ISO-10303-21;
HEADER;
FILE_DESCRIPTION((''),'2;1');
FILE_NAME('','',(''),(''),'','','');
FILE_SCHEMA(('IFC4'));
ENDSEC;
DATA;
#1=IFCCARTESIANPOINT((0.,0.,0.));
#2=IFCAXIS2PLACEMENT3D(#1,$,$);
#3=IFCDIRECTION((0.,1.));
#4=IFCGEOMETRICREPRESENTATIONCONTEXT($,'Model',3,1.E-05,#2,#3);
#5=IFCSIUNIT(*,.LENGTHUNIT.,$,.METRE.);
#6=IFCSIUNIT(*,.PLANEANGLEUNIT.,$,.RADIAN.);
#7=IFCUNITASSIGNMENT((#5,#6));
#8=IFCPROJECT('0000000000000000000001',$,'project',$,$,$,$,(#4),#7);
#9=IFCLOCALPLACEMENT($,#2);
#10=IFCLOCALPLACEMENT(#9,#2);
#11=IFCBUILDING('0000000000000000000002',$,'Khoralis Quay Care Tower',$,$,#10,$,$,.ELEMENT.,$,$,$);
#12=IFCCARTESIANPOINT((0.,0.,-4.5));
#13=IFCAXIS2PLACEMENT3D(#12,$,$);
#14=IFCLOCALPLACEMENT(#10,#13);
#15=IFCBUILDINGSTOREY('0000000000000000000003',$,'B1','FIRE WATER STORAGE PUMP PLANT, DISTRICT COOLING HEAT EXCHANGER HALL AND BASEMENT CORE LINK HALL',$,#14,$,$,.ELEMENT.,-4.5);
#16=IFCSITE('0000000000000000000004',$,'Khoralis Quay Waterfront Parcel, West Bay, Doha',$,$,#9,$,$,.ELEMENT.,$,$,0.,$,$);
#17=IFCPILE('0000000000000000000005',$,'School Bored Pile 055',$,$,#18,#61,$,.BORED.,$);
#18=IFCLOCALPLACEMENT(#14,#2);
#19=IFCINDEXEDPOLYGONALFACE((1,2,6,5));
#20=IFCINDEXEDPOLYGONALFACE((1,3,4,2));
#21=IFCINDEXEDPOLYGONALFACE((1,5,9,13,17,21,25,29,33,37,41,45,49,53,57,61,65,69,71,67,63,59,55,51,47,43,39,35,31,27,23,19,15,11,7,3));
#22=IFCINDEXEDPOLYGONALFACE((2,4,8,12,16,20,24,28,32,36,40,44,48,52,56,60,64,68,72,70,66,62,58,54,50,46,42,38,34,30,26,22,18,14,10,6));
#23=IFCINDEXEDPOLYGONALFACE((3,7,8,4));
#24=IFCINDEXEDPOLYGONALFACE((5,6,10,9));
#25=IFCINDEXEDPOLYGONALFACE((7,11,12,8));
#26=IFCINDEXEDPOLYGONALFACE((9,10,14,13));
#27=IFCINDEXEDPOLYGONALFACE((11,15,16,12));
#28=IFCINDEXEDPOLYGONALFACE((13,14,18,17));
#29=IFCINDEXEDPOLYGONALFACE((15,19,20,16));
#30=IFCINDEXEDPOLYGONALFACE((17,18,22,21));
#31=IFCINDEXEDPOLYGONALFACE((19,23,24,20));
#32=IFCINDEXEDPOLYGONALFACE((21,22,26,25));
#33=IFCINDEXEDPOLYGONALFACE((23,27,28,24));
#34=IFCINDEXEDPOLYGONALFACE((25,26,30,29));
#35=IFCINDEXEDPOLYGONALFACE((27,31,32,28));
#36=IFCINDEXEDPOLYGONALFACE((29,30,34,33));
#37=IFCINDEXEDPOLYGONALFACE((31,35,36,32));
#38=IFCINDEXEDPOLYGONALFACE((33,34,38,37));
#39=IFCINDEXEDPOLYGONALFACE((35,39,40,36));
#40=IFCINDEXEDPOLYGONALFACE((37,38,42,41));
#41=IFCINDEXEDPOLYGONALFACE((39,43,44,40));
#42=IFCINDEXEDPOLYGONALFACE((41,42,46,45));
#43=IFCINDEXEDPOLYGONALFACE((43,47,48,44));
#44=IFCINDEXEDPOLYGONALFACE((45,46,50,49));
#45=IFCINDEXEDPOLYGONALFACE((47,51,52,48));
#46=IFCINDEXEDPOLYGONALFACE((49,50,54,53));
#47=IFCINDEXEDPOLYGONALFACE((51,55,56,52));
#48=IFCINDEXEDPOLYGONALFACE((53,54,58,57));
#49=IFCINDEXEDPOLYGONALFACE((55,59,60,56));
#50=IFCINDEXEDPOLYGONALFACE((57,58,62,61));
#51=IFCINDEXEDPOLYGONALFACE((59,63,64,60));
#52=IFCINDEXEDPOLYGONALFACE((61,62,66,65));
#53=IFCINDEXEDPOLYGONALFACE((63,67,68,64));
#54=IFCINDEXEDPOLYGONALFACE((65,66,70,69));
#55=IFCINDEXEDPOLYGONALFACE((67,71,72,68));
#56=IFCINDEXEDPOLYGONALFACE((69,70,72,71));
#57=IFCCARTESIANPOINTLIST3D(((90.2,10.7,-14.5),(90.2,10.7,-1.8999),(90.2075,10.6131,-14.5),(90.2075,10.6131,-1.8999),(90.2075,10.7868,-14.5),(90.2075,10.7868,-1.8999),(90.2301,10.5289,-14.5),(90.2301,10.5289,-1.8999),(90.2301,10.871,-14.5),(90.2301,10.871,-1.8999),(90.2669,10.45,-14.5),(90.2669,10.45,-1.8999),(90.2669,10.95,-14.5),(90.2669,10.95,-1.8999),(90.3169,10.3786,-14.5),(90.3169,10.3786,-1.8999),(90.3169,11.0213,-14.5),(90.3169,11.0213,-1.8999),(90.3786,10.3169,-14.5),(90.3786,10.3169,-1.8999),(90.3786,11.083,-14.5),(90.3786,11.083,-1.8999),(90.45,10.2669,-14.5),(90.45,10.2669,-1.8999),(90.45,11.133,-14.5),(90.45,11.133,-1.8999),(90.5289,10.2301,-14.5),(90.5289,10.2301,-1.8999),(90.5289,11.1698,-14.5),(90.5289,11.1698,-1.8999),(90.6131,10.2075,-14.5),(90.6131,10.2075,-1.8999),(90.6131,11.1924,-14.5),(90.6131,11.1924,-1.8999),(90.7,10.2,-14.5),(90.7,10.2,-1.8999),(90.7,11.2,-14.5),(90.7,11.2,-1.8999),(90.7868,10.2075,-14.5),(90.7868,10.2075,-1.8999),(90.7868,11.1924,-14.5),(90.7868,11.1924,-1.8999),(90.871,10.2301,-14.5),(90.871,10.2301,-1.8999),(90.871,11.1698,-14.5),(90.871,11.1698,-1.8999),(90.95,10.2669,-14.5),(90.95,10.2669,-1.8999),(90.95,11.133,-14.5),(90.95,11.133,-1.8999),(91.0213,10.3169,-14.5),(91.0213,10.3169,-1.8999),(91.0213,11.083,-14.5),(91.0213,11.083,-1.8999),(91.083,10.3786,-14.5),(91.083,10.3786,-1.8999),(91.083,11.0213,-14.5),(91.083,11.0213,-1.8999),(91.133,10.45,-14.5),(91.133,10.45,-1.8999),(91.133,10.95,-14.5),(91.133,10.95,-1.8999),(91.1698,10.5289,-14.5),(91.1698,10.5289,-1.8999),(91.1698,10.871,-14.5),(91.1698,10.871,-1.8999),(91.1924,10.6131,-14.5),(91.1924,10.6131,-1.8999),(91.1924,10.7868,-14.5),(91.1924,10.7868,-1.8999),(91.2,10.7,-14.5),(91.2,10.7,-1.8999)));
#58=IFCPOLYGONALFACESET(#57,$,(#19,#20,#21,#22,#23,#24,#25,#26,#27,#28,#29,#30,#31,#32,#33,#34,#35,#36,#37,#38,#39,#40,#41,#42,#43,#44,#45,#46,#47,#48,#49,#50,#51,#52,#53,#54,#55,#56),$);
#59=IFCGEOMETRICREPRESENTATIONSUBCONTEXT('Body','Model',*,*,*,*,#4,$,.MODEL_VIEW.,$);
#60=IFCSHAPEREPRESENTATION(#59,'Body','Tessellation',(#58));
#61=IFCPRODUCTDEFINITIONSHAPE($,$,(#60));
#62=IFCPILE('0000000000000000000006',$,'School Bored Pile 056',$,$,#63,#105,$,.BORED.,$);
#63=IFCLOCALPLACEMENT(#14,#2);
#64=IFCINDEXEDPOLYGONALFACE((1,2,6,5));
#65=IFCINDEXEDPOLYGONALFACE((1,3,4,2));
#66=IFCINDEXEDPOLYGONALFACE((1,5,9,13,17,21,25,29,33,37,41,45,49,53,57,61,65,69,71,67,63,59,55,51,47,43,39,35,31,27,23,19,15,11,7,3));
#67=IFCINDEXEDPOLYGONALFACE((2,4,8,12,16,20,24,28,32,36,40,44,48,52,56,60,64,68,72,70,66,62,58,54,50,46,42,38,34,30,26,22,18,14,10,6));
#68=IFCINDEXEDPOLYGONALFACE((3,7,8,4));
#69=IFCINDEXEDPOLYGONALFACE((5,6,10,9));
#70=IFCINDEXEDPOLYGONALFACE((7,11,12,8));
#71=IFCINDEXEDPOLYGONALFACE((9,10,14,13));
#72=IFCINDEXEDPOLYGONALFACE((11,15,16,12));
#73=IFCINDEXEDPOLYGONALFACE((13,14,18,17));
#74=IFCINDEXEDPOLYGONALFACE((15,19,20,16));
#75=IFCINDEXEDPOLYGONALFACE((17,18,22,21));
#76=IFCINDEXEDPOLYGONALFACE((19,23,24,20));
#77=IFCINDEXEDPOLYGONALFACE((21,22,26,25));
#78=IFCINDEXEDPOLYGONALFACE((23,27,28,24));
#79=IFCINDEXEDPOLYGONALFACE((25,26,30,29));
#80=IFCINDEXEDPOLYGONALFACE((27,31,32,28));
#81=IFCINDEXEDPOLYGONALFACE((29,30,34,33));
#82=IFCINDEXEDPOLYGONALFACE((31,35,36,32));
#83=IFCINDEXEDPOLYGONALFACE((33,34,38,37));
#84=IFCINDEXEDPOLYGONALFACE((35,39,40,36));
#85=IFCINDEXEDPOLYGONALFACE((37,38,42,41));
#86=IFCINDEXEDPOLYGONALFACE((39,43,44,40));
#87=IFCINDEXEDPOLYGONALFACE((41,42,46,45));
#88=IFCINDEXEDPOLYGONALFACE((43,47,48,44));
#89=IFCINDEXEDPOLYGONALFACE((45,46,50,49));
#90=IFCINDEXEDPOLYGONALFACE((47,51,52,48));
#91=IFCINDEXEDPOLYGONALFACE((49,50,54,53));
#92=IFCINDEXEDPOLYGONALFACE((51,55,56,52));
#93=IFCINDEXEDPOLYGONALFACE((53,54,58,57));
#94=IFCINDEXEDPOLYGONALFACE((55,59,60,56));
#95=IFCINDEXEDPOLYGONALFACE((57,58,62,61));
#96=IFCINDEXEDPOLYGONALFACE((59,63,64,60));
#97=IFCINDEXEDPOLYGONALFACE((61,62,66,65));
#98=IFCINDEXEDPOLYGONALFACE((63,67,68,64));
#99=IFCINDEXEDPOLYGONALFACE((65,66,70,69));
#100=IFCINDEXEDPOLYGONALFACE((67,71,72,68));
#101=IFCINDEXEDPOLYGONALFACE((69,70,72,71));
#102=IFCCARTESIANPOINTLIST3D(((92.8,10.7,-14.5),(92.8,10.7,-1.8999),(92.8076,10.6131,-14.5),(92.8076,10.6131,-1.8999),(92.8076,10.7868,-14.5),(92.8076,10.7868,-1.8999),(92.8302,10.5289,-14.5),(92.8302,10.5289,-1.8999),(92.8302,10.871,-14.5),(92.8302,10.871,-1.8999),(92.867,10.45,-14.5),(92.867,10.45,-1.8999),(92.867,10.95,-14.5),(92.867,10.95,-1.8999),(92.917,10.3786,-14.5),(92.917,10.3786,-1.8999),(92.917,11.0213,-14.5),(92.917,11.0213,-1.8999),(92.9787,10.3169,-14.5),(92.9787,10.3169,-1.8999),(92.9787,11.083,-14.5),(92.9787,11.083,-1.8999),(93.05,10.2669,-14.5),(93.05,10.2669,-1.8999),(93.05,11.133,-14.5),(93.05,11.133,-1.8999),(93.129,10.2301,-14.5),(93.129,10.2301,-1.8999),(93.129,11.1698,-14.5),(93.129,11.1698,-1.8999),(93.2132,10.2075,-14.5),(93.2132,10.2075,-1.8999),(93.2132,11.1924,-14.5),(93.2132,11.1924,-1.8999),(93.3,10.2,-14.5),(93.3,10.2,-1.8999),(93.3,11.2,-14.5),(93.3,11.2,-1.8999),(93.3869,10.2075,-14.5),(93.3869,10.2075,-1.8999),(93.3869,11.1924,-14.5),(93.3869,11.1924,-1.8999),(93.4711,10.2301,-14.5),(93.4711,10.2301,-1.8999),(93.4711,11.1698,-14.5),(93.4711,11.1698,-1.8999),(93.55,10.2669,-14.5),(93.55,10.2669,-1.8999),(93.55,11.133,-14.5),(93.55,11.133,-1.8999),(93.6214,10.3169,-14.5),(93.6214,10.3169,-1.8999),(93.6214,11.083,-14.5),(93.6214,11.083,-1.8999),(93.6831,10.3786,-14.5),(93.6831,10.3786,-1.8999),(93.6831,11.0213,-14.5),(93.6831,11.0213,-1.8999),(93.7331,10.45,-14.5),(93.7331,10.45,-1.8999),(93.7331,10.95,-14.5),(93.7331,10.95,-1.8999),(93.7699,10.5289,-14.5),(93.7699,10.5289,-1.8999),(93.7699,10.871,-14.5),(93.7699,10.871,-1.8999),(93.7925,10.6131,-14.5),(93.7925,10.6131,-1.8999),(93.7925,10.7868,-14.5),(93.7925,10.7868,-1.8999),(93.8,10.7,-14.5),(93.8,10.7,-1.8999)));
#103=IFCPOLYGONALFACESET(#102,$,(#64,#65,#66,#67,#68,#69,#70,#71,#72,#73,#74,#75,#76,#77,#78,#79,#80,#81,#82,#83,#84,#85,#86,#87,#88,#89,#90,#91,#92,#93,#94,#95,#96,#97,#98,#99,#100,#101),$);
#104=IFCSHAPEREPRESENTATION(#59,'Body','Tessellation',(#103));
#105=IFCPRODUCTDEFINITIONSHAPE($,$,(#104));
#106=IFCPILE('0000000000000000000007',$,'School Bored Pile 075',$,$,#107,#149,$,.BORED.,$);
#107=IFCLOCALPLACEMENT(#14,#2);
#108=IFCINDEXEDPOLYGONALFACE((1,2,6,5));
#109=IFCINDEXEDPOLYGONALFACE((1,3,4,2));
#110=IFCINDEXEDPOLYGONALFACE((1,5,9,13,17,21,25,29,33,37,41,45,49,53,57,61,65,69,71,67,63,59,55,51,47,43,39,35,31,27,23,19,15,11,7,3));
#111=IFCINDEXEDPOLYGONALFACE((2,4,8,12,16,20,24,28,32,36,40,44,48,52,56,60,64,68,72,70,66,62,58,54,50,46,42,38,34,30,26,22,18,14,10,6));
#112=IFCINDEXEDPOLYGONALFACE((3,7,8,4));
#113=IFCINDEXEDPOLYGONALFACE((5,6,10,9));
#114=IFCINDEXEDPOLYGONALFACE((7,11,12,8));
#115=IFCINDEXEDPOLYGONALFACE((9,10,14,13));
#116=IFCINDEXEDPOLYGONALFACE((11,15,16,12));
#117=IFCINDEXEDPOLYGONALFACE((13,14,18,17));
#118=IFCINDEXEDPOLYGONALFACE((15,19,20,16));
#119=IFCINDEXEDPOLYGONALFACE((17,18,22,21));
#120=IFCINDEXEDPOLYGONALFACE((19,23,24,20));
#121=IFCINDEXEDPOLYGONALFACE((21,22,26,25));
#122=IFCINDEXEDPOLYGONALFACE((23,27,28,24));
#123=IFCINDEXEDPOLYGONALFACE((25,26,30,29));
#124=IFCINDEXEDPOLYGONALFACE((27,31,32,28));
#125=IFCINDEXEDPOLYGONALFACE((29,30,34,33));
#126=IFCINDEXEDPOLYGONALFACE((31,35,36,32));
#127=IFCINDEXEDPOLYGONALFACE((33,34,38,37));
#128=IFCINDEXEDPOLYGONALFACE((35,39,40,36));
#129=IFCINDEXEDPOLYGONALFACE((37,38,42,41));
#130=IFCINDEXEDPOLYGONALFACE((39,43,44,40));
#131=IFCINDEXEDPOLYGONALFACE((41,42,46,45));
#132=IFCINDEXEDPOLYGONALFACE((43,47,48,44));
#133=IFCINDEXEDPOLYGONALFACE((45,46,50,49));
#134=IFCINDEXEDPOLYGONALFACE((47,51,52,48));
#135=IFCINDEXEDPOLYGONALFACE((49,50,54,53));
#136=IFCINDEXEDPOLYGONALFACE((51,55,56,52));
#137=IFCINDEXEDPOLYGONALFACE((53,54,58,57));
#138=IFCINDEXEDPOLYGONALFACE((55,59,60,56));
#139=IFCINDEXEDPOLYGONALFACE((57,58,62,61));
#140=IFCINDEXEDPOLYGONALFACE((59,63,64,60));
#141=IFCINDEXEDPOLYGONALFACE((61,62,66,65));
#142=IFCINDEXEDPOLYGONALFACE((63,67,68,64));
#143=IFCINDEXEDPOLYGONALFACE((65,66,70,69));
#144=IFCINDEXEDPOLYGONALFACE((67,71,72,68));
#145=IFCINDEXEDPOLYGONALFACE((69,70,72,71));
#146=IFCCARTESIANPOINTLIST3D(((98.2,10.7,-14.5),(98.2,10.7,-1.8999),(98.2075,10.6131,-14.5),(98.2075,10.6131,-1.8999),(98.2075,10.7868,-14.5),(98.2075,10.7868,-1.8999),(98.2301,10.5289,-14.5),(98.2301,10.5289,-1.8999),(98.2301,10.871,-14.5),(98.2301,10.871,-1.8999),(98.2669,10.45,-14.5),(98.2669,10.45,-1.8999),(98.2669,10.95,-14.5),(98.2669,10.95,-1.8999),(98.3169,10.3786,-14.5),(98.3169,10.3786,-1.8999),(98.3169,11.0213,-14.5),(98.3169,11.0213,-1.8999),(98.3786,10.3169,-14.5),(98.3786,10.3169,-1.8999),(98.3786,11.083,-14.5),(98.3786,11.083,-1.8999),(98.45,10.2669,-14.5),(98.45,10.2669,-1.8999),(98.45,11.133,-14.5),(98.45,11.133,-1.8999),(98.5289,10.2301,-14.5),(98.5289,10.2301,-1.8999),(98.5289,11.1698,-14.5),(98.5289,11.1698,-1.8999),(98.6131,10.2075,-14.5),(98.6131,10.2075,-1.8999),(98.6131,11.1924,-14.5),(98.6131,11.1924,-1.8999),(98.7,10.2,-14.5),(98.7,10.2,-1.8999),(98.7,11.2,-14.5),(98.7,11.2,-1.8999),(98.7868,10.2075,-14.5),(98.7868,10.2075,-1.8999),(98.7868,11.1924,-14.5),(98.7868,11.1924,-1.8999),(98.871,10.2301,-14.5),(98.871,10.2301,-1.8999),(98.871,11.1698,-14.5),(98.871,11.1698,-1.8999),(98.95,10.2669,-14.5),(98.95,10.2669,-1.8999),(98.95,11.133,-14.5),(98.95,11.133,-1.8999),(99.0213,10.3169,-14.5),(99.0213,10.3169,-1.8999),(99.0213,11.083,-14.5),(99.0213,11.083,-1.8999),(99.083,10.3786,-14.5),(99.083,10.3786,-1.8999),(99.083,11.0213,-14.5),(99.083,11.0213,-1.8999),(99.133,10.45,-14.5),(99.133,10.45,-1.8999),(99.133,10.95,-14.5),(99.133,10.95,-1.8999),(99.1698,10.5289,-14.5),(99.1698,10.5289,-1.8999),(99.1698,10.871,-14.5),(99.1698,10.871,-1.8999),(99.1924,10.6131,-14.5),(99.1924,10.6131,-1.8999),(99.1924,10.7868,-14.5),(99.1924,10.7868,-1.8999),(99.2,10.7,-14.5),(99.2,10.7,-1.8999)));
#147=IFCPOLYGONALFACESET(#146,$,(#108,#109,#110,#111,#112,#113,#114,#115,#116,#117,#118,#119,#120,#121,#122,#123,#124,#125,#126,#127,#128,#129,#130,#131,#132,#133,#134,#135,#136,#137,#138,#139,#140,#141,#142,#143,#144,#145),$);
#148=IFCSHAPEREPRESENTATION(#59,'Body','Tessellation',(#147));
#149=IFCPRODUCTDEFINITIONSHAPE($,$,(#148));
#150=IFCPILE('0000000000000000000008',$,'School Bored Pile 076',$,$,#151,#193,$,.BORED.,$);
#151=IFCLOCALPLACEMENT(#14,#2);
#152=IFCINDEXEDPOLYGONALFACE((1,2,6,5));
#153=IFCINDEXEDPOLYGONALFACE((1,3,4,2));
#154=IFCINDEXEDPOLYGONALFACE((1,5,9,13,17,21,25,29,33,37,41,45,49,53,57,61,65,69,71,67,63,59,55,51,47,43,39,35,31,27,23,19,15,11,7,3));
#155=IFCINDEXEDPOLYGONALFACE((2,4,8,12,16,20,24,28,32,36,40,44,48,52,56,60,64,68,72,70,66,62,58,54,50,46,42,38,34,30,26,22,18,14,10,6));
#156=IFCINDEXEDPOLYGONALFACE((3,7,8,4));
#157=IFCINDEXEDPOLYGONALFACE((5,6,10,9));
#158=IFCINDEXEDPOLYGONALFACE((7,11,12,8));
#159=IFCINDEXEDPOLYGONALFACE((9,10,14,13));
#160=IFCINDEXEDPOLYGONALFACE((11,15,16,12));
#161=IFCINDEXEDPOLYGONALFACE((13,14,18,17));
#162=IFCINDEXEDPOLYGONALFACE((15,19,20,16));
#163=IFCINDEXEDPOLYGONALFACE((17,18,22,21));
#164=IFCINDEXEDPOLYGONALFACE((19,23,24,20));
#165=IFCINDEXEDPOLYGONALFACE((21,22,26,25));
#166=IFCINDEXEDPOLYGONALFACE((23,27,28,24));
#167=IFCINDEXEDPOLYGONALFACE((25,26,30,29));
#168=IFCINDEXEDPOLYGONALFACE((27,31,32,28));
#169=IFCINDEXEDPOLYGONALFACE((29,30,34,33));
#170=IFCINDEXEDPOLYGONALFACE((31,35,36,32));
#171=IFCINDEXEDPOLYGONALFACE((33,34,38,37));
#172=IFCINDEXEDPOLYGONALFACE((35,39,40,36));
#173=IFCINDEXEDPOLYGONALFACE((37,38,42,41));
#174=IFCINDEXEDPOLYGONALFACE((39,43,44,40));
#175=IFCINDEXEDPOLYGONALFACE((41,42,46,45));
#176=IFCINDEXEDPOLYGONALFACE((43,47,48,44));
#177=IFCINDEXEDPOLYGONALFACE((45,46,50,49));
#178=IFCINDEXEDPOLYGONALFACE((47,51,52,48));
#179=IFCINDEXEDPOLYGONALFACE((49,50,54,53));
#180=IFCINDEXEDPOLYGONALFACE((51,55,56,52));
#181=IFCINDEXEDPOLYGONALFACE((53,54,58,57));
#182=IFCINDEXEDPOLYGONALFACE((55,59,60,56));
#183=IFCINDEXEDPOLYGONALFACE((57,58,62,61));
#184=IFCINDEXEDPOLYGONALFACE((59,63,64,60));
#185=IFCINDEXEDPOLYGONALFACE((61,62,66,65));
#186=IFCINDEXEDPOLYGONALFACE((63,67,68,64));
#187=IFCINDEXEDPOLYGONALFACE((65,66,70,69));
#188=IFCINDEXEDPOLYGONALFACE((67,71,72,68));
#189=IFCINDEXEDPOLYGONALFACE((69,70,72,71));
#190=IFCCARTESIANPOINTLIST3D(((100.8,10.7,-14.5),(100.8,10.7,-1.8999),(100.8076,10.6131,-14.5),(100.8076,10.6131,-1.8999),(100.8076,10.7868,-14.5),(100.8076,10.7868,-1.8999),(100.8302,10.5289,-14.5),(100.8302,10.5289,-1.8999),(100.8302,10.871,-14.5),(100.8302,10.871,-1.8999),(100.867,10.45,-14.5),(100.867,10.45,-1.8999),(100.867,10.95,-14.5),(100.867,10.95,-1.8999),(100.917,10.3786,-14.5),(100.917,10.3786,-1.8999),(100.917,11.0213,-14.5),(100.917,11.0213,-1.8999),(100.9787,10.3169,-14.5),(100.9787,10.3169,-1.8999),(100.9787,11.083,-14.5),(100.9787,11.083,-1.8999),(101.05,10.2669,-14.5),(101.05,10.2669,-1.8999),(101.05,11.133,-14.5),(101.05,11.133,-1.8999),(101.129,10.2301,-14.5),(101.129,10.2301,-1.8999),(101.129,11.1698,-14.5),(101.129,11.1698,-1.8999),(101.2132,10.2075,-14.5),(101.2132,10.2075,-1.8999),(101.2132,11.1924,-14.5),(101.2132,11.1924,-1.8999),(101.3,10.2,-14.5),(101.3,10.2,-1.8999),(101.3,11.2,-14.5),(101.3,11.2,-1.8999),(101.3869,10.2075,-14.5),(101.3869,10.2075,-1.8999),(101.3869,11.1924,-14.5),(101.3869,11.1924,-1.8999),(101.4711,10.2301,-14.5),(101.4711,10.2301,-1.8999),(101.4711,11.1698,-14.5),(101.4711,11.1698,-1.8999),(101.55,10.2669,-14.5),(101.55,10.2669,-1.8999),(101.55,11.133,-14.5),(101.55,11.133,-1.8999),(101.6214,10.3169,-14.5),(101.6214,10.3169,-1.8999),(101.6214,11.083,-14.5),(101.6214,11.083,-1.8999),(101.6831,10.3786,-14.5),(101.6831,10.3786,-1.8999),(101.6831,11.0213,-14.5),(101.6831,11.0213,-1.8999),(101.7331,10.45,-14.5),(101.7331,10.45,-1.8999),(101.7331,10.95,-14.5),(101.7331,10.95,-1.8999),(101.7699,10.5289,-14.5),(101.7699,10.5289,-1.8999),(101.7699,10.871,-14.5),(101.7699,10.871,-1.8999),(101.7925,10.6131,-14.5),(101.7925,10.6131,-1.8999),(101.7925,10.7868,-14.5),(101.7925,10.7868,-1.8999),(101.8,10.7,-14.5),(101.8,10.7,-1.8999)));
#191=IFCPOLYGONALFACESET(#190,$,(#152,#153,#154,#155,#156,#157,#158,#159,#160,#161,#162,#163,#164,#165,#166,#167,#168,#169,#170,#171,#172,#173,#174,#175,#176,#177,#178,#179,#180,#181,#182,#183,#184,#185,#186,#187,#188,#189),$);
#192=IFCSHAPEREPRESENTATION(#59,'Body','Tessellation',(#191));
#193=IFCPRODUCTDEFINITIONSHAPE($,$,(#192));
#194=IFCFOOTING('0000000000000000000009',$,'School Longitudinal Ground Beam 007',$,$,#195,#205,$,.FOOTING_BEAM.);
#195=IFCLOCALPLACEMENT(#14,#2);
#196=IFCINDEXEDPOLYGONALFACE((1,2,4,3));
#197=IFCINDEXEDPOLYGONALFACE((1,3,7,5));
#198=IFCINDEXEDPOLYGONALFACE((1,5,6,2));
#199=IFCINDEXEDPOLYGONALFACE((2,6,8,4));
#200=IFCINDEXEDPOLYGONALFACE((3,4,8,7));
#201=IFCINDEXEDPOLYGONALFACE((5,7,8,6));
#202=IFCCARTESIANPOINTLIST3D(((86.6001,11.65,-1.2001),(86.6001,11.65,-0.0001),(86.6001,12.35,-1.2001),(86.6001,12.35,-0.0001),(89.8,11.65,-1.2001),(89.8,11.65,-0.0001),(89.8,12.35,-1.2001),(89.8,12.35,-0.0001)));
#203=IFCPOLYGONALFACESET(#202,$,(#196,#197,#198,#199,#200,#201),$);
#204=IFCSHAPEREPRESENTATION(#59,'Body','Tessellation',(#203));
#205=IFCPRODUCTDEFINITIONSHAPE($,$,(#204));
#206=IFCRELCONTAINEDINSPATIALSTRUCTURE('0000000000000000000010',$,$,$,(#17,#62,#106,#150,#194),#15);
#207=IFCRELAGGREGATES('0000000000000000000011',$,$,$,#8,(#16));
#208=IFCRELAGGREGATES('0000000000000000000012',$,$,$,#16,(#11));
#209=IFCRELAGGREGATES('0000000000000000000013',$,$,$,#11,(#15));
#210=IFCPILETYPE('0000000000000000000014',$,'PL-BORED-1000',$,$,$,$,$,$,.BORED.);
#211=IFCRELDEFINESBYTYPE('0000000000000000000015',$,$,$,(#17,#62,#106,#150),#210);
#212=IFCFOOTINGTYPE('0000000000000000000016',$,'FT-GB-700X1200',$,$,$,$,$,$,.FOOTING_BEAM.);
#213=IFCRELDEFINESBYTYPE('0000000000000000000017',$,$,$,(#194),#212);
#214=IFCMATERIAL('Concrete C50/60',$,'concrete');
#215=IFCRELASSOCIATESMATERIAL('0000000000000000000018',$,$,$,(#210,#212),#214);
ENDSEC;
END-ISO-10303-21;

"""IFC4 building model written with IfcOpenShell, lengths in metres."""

from ifc_helpers import new_model, si_unit, direction, frame, origin, origin_2d, place, context, subcontext, project, spatial, rectangle, circle, extrude, source, transform, mapped, material, material_profile, profile_set, type_object, element, save


model = new_model("IFC4")

# Units and contexts
model_context = context("Model", 3, precision=1e-05, world=origin(), true_north=direction((0.0, 1.0)))
body_context = subcontext(model_context, "Body", "Model", "MODEL_VIEW")
ifc_project = project(units=[si_unit("LENGTHUNIT", "METRE"), si_unit("PLANEANGLEUNIT", "RADIAN")], contexts=[model_context])

# Site, building, storey
site_placement = place(None, origin())
site = spatial("IfcSite", under=ifc_project, at=site_placement, Name="Khoralis Quay Waterfront Parcel, West Bay, Doha", CompositionType="ELEMENT", RefElevation=0.0)
building_placement = place(site_placement, origin())
building = spatial("IfcBuilding", under=site, at=building_placement, Name="Khoralis Quay Care Tower", CompositionType="ELEMENT")
storey_placement = place(building_placement, frame((0.0, 0.0, -4.5)))
storey = spatial("IfcBuildingStorey", under=building, at=storey_placement, Name="B1", Description="FIRE WATER STORAGE PUMP PLANT, DISTRICT COOLING HEAT EXCHANGER HALL AND BASEMENT CORE LINK HALL", CompositionType="ELEMENT", Elevation=-4.5)

# Shared definitions
ifc_material_1 = material(Name="Concrete C50/60", Category="concrete")

# Piles
ifc_material_profile_1 = material_profile(ifc_material_1, circle(Radius=0.5, at=origin_2d()), Name="Concrete C50/60")
ifc_profile_set_1 = profile_set([ifc_material_profile_1], Name="Concrete C50/60")
pile_type_1 = type_object("IfcPileType", Name="PL-BORED-1000", PredefinedType="BORED", material=ifc_profile_set_1)
shared_shape_1 = source(origin(), body_context, "Body", "SweptSolid", [
    extrude(circle(Radius=0.5, at=origin_2d()), origin(), (0.0, 0.0, 1.0), 12.6001),
])
for number, where, z_axis, x_axis, name in (
    (1, (90.7, 10.7, -1.8999), (0.0, 0.0, -1.0), (1.0, 0.0, 0.0), "School Bored Pile 055"),
    (2, (93.3, 10.7, -1.8999), (0.0, 0.0, -1.0), (1.0, 0.0, 0.0), "School Bored Pile 056"),
    (3, (98.7, 10.7, -1.8999), (0.0, 0.0, -1.0), (1.0, 0.0, 0.0), "School Bored Pile 075"),
    (4, (101.3, 10.7, -1.8999), (0.0, 0.0, -1.0), (1.0, 0.0, 0.0), "School Bored Pile 076"),
):
    element("IfcPile", number, at=place(storey_placement, frame(where, z_axis=z_axis, x_axis=x_axis)), inside=storey, type_object=pile_type_1, Name=name, PredefinedType="BORED", context=body_context, shape_type="MappedRepresentation", body=[
        mapped(shared_shape_1, transform((0.0, 0.0, 0.0), scale=1.0)),
    ])

# Footing
ifc_material_profile_2 = material_profile(ifc_material_1, rectangle(XDim=0.7, YDim=1.2, at=origin_2d()), Name="Concrete C50/60")
ifc_profile_set_2 = profile_set([ifc_material_profile_2], Name="Concrete C50/60")
footing_type_1 = type_object("IfcFootingType", Name="FT-GB-700X1200", PredefinedType="FOOTING_BEAM", material=ifc_profile_set_2)
shared_shape_2 = source(origin(), body_context, "Body", "SweptSolid", [
    extrude(rectangle(XDim=0.7, YDim=1.2, at=origin_2d()), origin(), (0.0, 0.0, 1.0), 3.2),
])
footing_1_placement = place(storey_placement, frame((86.6001, 12.0, -0.6001), z_axis=(1.0, 0.0, 0.0), x_axis=(0.0, 1.0, 0.0)))
element("IfcFooting", 5, at=footing_1_placement, inside=storey, type_object=footing_type_1, Name="School Longitudinal Ground Beam 007", PredefinedType="FOOTING_BEAM", context=body_context, shape_type="MappedRepresentation", body=[
    mapped(shared_shape_2, transform((0.0, 0.0, 0.0), scale=1.0)),
])

save(model, "model.ifc")
